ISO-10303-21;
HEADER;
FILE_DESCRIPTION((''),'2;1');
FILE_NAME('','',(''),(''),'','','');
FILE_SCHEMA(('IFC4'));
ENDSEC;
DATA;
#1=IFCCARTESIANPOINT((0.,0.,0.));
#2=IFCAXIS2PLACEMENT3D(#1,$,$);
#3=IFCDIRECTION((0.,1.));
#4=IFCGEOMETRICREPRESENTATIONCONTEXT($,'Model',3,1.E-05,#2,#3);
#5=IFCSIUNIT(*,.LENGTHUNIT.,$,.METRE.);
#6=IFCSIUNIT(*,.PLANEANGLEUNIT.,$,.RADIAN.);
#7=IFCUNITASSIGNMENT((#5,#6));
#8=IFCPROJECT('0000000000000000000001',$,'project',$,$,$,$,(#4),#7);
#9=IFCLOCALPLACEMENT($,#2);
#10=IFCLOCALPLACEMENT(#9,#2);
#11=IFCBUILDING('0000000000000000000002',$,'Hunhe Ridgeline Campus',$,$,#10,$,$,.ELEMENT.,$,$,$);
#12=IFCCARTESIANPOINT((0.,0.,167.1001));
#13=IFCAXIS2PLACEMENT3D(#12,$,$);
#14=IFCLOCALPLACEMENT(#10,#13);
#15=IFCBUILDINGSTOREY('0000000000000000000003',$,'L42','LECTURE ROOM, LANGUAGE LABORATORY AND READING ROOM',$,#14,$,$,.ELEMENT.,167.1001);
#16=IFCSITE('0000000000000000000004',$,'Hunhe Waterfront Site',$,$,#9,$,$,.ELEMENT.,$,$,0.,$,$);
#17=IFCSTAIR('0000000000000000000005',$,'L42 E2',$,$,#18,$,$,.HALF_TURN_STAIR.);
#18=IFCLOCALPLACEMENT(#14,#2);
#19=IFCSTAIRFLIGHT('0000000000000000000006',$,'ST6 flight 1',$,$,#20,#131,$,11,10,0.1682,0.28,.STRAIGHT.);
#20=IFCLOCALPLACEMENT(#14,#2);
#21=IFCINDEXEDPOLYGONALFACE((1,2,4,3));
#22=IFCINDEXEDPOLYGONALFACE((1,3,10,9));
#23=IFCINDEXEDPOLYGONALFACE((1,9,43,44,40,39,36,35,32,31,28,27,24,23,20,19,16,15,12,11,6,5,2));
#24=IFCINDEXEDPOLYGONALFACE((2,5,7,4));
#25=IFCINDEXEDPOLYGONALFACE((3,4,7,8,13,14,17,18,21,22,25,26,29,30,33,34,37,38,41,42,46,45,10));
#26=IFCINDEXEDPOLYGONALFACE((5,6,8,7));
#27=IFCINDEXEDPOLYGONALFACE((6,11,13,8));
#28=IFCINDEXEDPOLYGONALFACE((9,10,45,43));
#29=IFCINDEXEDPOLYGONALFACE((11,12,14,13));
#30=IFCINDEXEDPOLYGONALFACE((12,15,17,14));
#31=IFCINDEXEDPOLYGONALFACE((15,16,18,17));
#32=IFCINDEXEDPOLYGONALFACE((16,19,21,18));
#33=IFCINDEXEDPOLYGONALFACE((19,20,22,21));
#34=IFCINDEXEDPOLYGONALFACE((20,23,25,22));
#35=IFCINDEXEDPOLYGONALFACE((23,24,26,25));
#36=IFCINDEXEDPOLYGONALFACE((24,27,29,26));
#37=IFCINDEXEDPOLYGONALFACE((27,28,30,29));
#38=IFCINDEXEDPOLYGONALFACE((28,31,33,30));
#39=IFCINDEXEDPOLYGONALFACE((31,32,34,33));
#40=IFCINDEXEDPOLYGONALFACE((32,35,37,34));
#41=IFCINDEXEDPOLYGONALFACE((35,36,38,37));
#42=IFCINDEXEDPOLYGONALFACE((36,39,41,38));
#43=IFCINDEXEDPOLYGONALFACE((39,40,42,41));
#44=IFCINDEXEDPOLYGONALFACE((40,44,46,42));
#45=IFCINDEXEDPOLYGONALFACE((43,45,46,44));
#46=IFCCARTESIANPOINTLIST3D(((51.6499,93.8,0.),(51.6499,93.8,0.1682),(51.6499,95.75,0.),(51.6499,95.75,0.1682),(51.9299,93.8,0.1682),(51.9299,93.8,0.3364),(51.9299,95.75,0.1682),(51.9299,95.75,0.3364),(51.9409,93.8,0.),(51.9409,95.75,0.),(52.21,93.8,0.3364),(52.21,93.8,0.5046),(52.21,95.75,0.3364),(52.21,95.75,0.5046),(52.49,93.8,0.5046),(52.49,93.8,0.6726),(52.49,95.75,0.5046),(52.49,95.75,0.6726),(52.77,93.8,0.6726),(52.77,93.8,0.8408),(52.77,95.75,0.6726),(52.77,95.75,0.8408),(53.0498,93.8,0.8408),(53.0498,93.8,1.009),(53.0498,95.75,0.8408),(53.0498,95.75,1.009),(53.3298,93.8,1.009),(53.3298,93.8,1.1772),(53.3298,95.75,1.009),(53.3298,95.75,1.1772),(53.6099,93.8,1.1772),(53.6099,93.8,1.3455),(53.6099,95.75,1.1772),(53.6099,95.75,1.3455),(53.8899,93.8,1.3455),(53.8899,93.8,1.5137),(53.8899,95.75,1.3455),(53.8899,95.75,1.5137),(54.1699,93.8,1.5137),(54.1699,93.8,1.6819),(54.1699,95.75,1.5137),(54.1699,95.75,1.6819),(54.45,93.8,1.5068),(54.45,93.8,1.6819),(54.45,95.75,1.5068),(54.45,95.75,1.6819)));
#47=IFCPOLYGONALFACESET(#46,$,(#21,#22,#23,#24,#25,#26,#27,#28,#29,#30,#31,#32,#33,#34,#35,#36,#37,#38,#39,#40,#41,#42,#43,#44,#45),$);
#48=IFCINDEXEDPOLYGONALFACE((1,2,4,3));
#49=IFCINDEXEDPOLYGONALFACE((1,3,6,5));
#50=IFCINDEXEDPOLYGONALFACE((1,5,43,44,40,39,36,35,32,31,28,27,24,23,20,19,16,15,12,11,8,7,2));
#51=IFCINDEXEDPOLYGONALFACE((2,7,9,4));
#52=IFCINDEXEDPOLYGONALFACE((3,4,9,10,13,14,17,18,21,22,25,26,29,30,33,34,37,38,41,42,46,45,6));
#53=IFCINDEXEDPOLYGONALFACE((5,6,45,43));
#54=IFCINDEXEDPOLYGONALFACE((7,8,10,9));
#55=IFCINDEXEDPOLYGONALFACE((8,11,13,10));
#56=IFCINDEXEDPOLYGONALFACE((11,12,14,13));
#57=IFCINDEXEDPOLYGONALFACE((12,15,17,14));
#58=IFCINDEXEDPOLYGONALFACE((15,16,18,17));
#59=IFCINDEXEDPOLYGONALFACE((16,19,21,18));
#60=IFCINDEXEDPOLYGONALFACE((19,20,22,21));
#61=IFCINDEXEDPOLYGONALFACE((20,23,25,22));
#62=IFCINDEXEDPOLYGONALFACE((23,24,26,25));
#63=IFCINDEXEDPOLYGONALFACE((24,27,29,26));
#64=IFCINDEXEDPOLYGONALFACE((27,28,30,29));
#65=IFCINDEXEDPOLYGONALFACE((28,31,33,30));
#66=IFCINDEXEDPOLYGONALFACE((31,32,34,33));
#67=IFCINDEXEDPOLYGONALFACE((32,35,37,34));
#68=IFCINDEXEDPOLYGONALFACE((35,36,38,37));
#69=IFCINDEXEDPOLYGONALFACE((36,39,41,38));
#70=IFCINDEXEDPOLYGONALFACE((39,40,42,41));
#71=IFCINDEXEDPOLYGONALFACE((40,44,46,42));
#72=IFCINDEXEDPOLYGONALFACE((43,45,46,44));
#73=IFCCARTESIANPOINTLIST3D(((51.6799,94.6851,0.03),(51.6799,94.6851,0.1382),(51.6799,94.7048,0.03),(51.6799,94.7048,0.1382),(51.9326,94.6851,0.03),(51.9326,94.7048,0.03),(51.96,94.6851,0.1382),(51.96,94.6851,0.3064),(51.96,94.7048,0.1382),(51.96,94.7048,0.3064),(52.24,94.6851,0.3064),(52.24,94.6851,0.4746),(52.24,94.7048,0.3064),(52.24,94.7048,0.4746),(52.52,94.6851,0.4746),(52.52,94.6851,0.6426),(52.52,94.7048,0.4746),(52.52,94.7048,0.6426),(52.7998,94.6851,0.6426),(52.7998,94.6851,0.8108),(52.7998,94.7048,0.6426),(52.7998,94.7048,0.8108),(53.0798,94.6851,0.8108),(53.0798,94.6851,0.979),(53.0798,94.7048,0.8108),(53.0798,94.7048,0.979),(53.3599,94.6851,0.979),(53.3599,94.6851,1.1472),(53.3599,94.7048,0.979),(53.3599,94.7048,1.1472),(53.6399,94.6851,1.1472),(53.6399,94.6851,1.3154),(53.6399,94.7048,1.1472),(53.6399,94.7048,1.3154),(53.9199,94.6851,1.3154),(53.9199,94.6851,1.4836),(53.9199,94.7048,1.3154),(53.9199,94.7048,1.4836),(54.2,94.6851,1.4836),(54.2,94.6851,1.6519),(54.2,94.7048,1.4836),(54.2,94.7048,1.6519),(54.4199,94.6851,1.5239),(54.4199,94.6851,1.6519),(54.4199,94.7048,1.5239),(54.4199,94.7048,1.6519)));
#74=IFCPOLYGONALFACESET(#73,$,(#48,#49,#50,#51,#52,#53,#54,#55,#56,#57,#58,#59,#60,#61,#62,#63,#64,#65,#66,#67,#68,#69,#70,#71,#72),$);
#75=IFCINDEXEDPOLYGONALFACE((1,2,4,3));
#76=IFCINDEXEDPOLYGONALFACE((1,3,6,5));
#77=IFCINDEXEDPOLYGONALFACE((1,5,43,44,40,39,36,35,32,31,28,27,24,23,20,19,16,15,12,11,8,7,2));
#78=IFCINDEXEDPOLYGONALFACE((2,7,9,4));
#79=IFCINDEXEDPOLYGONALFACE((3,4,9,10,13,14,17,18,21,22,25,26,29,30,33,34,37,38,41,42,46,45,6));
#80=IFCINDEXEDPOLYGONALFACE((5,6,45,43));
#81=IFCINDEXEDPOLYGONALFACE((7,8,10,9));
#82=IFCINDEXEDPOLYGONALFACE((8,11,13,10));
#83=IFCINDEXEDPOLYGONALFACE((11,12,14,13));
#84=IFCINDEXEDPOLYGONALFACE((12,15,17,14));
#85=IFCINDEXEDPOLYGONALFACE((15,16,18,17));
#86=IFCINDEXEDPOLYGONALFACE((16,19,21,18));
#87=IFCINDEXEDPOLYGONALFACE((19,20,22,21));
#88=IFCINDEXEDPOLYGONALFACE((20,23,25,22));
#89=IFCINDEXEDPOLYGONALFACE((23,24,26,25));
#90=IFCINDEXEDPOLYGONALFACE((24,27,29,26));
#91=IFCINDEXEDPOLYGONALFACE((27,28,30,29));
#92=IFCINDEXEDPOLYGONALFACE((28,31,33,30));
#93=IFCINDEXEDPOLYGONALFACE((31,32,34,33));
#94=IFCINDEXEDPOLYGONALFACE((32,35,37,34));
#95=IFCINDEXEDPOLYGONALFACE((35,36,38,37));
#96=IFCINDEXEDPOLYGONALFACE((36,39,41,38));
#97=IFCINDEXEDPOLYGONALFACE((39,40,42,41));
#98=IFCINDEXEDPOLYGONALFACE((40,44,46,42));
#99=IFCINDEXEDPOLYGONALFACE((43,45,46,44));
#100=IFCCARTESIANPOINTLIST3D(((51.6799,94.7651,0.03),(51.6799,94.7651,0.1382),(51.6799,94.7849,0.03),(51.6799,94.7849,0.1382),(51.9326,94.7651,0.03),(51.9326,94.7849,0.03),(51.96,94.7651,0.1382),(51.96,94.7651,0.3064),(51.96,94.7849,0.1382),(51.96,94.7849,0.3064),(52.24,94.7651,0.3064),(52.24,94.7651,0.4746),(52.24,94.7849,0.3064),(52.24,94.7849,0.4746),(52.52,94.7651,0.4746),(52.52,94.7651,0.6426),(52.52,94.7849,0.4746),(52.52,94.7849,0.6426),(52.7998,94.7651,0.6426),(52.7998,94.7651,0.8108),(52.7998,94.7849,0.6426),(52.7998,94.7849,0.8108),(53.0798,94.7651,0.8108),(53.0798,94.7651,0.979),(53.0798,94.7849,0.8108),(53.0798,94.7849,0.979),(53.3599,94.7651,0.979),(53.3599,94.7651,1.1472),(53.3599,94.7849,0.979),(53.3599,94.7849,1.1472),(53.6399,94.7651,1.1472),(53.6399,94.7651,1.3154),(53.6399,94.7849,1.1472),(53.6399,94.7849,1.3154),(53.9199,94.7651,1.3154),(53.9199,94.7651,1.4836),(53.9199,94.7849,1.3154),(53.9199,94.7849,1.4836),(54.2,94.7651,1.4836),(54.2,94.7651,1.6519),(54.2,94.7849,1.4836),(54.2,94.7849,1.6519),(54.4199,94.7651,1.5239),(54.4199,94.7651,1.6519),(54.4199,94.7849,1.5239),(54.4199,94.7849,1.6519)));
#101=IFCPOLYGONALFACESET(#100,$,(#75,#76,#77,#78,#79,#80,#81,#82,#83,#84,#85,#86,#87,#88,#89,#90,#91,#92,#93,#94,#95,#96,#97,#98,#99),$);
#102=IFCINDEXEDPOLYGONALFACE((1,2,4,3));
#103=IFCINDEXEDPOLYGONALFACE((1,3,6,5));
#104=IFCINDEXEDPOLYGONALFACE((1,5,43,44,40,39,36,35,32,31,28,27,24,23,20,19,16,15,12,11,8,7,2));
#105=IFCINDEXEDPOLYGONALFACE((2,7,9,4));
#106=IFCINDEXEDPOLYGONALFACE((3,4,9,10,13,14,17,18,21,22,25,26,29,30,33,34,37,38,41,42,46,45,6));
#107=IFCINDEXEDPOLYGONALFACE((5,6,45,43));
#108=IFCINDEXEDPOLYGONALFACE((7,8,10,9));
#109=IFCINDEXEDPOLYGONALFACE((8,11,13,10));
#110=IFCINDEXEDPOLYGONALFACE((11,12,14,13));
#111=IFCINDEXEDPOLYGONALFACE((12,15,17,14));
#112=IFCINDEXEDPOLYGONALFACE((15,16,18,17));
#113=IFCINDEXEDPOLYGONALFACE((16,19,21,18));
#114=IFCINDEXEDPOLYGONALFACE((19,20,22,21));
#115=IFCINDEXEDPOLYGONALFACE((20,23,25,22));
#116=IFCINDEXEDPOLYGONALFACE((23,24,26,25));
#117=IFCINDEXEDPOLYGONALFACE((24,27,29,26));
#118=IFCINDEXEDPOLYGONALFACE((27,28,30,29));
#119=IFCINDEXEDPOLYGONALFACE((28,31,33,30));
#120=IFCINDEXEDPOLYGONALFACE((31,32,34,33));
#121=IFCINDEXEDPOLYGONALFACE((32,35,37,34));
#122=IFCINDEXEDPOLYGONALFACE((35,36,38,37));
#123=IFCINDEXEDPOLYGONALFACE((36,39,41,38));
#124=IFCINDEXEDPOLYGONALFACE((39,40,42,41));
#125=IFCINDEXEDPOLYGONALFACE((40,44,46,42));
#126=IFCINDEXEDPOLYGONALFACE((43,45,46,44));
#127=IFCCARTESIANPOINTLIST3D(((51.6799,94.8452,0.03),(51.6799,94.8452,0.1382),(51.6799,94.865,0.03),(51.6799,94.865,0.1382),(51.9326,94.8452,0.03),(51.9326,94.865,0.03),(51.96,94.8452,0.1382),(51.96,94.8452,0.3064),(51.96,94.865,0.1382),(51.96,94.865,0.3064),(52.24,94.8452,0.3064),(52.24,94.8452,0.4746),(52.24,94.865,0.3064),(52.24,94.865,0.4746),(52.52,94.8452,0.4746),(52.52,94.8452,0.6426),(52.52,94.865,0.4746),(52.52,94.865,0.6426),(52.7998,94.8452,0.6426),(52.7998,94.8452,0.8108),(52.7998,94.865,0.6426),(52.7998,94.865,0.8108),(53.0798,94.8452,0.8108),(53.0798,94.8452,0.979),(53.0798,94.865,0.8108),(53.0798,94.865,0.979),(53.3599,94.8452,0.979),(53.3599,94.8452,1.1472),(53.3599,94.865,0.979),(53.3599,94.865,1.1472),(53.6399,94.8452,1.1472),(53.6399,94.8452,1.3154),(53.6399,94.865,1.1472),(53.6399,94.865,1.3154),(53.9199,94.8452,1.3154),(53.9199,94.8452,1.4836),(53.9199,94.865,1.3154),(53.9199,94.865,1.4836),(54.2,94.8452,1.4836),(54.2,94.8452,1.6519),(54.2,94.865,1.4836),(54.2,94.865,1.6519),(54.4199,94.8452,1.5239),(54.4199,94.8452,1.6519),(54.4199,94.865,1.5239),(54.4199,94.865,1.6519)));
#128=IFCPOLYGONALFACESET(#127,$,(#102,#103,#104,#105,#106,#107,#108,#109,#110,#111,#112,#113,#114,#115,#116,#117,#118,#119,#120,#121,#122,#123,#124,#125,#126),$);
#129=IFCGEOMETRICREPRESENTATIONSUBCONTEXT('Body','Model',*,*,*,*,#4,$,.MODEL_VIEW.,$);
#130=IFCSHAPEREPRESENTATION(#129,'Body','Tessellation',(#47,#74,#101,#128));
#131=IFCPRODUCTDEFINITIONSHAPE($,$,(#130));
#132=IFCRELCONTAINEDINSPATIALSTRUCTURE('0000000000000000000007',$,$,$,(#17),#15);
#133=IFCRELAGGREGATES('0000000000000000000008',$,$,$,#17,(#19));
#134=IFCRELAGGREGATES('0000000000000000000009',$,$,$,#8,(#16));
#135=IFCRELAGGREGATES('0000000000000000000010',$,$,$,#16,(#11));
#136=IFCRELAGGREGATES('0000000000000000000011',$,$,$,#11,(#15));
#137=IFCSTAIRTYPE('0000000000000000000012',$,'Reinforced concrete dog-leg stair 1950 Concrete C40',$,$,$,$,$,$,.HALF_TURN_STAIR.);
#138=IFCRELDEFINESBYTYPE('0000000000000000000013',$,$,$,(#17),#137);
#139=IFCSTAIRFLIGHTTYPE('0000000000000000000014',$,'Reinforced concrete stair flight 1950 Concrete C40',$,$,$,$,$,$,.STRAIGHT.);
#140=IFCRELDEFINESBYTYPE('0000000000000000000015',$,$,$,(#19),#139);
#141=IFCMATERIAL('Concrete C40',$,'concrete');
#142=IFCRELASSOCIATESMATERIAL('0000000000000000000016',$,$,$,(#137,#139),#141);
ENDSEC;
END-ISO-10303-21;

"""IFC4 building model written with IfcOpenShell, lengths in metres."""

from ifc_helpers import new_model, si_unit, direction, frame, origin, place, context, subcontext, project, spatial, polyline, outline, extrude, material, type_object, element, aggregate, save


model = new_model("IFC4")

# Units and contexts
model_context = context("Model", 3, precision=1e-05, world=origin(), true_north=direction((0.0, 1.0)))
body_context = subcontext(model_context, "Body", "Model", "MODEL_VIEW")
ifc_project = project(units=[si_unit("LENGTHUNIT", "METRE"), si_unit("PLANEANGLEUNIT", "RADIAN")], contexts=[model_context])

# Site, building, storey
site_placement = place(None, origin())
site = spatial("IfcSite", under=ifc_project, at=site_placement, Name="Hunhe Waterfront Site", CompositionType="ELEMENT", RefElevation=0.0)
building_placement = place(site_placement, origin())
building = spatial("IfcBuilding", under=site, at=building_placement, Name="Hunhe Ridgeline Campus", CompositionType="ELEMENT")
storey_placement = place(building_placement, frame((0.0, 0.0, 167.1001)))
storey = spatial("IfcBuildingStorey", under=building, at=storey_placement, Name="L42", Description="LECTURE ROOM, LANGUAGE LABORATORY AND READING ROOM", CompositionType="ELEMENT", Elevation=167.1001)

# Shared definitions
ifc_material_1 = material(Name="Concrete C40", Category="concrete")
stair_type = type_object("IfcStairType", Name="Reinforced concrete dog-leg stair 1950 Concrete C40", PredefinedType="HALF_TURN_STAIR", material=ifc_material_1)
stair_flight_type = type_object("IfcStairFlightType", Name="Reinforced concrete stair flight 1950 Concrete C40", PredefinedType="STRAIGHT", material=ifc_material_1)

# Stair, stair flight
stair_1_placement = place(storey_placement, origin())
stair_1 = element("IfcStair", 1, at=stair_1_placement, inside=storey, type_object=stair_type, Name="L42 E2", PredefinedType="HALF_TURN_STAIR")
stair_flight_1_placement = place(storey_placement, frame((51.6499, 94.7749, 0.0), z_axis=(0.0, 0.0, 1.0), x_axis=(1.0, 0.0, 0.0)))
stair_flight_1 = element("IfcStairFlight", 2, at=stair_flight_1_placement, type_object=stair_flight_type, Name="ST6 flight 1", NumberOfRisers=11, NumberOfTreads=10, PredefinedType="STRAIGHT", RiserHeight=0.1682, TreadLength=0.28, context=body_context, shape_type="SweptSolid", body=[
    extrude(outline(polyline([(0.0, 0.0), (0.0, 0.1682), (0.28, 0.1682), (0.28, 0.3364), (0.5601, 0.3364), (0.5601, 0.5046), (0.8401, 0.5046), (0.8401, 0.6726), (1.1201, 0.6726), (1.1201, 0.8408), (1.3999, 0.8408), (1.3999, 1.009), (1.6799, 1.009), (1.6799, 1.1772), (1.96, 1.1772), (1.96, 1.3455), (2.24, 1.3455), (2.24, 1.5137), (2.52, 1.5137), (2.52, 1.6819), (2.8, 1.6819), (2.8, 1.8501), (2.8, 1.5068), (0.291, 0.0), (0.0, 0.0)])), frame((0.0, 0.9751, 0.0), z_axis=(0.0, -1.0, 0.0), x_axis=(1.0, 0.0, 0.0)), (0.0, 0.0, 1.0), 1.95),
    extrude(outline(polyline([(0.03, 0.03), (0.03, 0.1382), (0.3101, 0.1382), (0.3101, 0.3064), (0.5901, 0.3064), (0.5901, 0.4746), (0.8701, 0.4746), (0.8701, 0.6426), (1.1499, 0.6426), (1.1499, 0.8108), (1.4299, 0.8108), (1.4299, 0.979), (1.71, 0.979), (1.71, 1.1472), (1.99, 1.1472), (1.99, 1.3154), (2.27, 1.3154), (2.27, 1.4836), (2.55, 1.4836), (2.55, 1.6519), (2.77, 1.6519), (2.77, 1.5239), (0.2827, 0.03), (0.03, 0.03)])), frame((0.0, -0.0701, 0.0), z_axis=(0.0, -1.0, 0.0), x_axis=(1.0, 0.0, 0.0)), (0.0, 0.0, 1.0), 0.0198),
    extrude(outline(polyline([(0.03, 0.03), (0.03, 0.1382), (0.3101, 0.1382), (0.3101, 0.3064), (0.5901, 0.3064), (0.5901, 0.4746), (0.8701, 0.4746), (0.8701, 0.6426), (1.1499, 0.6426), (1.1499, 0.8108), (1.4299, 0.8108), (1.4299, 0.979), (1.71, 0.979), (1.71, 1.1472), (1.99, 1.1472), (1.99, 1.3154), (2.27, 1.3154), (2.27, 1.4836), (2.55, 1.4836), (2.55, 1.6519), (2.77, 1.6519), (2.77, 1.5239), (0.2827, 0.03), (0.03, 0.03)])), frame((0.0, 0.01, 0.0), z_axis=(0.0, -1.0, 0.0), x_axis=(1.0, 0.0, 0.0)), (0.0, 0.0, 1.0), 0.0198),
    extrude(outline(polyline([(0.03, 0.03), (0.03, 0.1382), (0.3101, 0.1382), (0.3101, 0.3064), (0.5901, 0.3064), (0.5901, 0.4746), (0.8701, 0.4746), (0.8701, 0.6426), (1.1499, 0.6426), (1.1499, 0.8108), (1.4299, 0.8108), (1.4299, 0.979), (1.71, 0.979), (1.71, 1.1472), (1.99, 1.1472), (1.99, 1.3154), (2.27, 1.3154), (2.27, 1.4836), (2.55, 1.4836), (2.55, 1.6519), (2.77, 1.6519), (2.77, 1.5239), (0.2827, 0.03), (0.03, 0.03)])), frame((0.0, 0.0901, 0.0), z_axis=(0.0, -1.0, 0.0), x_axis=(1.0, 0.0, 0.0)), (0.0, 0.0, 1.0), 0.0198),
])
aggregate(stair_1, [stair_flight_1])

save(model, "model.ifc")
